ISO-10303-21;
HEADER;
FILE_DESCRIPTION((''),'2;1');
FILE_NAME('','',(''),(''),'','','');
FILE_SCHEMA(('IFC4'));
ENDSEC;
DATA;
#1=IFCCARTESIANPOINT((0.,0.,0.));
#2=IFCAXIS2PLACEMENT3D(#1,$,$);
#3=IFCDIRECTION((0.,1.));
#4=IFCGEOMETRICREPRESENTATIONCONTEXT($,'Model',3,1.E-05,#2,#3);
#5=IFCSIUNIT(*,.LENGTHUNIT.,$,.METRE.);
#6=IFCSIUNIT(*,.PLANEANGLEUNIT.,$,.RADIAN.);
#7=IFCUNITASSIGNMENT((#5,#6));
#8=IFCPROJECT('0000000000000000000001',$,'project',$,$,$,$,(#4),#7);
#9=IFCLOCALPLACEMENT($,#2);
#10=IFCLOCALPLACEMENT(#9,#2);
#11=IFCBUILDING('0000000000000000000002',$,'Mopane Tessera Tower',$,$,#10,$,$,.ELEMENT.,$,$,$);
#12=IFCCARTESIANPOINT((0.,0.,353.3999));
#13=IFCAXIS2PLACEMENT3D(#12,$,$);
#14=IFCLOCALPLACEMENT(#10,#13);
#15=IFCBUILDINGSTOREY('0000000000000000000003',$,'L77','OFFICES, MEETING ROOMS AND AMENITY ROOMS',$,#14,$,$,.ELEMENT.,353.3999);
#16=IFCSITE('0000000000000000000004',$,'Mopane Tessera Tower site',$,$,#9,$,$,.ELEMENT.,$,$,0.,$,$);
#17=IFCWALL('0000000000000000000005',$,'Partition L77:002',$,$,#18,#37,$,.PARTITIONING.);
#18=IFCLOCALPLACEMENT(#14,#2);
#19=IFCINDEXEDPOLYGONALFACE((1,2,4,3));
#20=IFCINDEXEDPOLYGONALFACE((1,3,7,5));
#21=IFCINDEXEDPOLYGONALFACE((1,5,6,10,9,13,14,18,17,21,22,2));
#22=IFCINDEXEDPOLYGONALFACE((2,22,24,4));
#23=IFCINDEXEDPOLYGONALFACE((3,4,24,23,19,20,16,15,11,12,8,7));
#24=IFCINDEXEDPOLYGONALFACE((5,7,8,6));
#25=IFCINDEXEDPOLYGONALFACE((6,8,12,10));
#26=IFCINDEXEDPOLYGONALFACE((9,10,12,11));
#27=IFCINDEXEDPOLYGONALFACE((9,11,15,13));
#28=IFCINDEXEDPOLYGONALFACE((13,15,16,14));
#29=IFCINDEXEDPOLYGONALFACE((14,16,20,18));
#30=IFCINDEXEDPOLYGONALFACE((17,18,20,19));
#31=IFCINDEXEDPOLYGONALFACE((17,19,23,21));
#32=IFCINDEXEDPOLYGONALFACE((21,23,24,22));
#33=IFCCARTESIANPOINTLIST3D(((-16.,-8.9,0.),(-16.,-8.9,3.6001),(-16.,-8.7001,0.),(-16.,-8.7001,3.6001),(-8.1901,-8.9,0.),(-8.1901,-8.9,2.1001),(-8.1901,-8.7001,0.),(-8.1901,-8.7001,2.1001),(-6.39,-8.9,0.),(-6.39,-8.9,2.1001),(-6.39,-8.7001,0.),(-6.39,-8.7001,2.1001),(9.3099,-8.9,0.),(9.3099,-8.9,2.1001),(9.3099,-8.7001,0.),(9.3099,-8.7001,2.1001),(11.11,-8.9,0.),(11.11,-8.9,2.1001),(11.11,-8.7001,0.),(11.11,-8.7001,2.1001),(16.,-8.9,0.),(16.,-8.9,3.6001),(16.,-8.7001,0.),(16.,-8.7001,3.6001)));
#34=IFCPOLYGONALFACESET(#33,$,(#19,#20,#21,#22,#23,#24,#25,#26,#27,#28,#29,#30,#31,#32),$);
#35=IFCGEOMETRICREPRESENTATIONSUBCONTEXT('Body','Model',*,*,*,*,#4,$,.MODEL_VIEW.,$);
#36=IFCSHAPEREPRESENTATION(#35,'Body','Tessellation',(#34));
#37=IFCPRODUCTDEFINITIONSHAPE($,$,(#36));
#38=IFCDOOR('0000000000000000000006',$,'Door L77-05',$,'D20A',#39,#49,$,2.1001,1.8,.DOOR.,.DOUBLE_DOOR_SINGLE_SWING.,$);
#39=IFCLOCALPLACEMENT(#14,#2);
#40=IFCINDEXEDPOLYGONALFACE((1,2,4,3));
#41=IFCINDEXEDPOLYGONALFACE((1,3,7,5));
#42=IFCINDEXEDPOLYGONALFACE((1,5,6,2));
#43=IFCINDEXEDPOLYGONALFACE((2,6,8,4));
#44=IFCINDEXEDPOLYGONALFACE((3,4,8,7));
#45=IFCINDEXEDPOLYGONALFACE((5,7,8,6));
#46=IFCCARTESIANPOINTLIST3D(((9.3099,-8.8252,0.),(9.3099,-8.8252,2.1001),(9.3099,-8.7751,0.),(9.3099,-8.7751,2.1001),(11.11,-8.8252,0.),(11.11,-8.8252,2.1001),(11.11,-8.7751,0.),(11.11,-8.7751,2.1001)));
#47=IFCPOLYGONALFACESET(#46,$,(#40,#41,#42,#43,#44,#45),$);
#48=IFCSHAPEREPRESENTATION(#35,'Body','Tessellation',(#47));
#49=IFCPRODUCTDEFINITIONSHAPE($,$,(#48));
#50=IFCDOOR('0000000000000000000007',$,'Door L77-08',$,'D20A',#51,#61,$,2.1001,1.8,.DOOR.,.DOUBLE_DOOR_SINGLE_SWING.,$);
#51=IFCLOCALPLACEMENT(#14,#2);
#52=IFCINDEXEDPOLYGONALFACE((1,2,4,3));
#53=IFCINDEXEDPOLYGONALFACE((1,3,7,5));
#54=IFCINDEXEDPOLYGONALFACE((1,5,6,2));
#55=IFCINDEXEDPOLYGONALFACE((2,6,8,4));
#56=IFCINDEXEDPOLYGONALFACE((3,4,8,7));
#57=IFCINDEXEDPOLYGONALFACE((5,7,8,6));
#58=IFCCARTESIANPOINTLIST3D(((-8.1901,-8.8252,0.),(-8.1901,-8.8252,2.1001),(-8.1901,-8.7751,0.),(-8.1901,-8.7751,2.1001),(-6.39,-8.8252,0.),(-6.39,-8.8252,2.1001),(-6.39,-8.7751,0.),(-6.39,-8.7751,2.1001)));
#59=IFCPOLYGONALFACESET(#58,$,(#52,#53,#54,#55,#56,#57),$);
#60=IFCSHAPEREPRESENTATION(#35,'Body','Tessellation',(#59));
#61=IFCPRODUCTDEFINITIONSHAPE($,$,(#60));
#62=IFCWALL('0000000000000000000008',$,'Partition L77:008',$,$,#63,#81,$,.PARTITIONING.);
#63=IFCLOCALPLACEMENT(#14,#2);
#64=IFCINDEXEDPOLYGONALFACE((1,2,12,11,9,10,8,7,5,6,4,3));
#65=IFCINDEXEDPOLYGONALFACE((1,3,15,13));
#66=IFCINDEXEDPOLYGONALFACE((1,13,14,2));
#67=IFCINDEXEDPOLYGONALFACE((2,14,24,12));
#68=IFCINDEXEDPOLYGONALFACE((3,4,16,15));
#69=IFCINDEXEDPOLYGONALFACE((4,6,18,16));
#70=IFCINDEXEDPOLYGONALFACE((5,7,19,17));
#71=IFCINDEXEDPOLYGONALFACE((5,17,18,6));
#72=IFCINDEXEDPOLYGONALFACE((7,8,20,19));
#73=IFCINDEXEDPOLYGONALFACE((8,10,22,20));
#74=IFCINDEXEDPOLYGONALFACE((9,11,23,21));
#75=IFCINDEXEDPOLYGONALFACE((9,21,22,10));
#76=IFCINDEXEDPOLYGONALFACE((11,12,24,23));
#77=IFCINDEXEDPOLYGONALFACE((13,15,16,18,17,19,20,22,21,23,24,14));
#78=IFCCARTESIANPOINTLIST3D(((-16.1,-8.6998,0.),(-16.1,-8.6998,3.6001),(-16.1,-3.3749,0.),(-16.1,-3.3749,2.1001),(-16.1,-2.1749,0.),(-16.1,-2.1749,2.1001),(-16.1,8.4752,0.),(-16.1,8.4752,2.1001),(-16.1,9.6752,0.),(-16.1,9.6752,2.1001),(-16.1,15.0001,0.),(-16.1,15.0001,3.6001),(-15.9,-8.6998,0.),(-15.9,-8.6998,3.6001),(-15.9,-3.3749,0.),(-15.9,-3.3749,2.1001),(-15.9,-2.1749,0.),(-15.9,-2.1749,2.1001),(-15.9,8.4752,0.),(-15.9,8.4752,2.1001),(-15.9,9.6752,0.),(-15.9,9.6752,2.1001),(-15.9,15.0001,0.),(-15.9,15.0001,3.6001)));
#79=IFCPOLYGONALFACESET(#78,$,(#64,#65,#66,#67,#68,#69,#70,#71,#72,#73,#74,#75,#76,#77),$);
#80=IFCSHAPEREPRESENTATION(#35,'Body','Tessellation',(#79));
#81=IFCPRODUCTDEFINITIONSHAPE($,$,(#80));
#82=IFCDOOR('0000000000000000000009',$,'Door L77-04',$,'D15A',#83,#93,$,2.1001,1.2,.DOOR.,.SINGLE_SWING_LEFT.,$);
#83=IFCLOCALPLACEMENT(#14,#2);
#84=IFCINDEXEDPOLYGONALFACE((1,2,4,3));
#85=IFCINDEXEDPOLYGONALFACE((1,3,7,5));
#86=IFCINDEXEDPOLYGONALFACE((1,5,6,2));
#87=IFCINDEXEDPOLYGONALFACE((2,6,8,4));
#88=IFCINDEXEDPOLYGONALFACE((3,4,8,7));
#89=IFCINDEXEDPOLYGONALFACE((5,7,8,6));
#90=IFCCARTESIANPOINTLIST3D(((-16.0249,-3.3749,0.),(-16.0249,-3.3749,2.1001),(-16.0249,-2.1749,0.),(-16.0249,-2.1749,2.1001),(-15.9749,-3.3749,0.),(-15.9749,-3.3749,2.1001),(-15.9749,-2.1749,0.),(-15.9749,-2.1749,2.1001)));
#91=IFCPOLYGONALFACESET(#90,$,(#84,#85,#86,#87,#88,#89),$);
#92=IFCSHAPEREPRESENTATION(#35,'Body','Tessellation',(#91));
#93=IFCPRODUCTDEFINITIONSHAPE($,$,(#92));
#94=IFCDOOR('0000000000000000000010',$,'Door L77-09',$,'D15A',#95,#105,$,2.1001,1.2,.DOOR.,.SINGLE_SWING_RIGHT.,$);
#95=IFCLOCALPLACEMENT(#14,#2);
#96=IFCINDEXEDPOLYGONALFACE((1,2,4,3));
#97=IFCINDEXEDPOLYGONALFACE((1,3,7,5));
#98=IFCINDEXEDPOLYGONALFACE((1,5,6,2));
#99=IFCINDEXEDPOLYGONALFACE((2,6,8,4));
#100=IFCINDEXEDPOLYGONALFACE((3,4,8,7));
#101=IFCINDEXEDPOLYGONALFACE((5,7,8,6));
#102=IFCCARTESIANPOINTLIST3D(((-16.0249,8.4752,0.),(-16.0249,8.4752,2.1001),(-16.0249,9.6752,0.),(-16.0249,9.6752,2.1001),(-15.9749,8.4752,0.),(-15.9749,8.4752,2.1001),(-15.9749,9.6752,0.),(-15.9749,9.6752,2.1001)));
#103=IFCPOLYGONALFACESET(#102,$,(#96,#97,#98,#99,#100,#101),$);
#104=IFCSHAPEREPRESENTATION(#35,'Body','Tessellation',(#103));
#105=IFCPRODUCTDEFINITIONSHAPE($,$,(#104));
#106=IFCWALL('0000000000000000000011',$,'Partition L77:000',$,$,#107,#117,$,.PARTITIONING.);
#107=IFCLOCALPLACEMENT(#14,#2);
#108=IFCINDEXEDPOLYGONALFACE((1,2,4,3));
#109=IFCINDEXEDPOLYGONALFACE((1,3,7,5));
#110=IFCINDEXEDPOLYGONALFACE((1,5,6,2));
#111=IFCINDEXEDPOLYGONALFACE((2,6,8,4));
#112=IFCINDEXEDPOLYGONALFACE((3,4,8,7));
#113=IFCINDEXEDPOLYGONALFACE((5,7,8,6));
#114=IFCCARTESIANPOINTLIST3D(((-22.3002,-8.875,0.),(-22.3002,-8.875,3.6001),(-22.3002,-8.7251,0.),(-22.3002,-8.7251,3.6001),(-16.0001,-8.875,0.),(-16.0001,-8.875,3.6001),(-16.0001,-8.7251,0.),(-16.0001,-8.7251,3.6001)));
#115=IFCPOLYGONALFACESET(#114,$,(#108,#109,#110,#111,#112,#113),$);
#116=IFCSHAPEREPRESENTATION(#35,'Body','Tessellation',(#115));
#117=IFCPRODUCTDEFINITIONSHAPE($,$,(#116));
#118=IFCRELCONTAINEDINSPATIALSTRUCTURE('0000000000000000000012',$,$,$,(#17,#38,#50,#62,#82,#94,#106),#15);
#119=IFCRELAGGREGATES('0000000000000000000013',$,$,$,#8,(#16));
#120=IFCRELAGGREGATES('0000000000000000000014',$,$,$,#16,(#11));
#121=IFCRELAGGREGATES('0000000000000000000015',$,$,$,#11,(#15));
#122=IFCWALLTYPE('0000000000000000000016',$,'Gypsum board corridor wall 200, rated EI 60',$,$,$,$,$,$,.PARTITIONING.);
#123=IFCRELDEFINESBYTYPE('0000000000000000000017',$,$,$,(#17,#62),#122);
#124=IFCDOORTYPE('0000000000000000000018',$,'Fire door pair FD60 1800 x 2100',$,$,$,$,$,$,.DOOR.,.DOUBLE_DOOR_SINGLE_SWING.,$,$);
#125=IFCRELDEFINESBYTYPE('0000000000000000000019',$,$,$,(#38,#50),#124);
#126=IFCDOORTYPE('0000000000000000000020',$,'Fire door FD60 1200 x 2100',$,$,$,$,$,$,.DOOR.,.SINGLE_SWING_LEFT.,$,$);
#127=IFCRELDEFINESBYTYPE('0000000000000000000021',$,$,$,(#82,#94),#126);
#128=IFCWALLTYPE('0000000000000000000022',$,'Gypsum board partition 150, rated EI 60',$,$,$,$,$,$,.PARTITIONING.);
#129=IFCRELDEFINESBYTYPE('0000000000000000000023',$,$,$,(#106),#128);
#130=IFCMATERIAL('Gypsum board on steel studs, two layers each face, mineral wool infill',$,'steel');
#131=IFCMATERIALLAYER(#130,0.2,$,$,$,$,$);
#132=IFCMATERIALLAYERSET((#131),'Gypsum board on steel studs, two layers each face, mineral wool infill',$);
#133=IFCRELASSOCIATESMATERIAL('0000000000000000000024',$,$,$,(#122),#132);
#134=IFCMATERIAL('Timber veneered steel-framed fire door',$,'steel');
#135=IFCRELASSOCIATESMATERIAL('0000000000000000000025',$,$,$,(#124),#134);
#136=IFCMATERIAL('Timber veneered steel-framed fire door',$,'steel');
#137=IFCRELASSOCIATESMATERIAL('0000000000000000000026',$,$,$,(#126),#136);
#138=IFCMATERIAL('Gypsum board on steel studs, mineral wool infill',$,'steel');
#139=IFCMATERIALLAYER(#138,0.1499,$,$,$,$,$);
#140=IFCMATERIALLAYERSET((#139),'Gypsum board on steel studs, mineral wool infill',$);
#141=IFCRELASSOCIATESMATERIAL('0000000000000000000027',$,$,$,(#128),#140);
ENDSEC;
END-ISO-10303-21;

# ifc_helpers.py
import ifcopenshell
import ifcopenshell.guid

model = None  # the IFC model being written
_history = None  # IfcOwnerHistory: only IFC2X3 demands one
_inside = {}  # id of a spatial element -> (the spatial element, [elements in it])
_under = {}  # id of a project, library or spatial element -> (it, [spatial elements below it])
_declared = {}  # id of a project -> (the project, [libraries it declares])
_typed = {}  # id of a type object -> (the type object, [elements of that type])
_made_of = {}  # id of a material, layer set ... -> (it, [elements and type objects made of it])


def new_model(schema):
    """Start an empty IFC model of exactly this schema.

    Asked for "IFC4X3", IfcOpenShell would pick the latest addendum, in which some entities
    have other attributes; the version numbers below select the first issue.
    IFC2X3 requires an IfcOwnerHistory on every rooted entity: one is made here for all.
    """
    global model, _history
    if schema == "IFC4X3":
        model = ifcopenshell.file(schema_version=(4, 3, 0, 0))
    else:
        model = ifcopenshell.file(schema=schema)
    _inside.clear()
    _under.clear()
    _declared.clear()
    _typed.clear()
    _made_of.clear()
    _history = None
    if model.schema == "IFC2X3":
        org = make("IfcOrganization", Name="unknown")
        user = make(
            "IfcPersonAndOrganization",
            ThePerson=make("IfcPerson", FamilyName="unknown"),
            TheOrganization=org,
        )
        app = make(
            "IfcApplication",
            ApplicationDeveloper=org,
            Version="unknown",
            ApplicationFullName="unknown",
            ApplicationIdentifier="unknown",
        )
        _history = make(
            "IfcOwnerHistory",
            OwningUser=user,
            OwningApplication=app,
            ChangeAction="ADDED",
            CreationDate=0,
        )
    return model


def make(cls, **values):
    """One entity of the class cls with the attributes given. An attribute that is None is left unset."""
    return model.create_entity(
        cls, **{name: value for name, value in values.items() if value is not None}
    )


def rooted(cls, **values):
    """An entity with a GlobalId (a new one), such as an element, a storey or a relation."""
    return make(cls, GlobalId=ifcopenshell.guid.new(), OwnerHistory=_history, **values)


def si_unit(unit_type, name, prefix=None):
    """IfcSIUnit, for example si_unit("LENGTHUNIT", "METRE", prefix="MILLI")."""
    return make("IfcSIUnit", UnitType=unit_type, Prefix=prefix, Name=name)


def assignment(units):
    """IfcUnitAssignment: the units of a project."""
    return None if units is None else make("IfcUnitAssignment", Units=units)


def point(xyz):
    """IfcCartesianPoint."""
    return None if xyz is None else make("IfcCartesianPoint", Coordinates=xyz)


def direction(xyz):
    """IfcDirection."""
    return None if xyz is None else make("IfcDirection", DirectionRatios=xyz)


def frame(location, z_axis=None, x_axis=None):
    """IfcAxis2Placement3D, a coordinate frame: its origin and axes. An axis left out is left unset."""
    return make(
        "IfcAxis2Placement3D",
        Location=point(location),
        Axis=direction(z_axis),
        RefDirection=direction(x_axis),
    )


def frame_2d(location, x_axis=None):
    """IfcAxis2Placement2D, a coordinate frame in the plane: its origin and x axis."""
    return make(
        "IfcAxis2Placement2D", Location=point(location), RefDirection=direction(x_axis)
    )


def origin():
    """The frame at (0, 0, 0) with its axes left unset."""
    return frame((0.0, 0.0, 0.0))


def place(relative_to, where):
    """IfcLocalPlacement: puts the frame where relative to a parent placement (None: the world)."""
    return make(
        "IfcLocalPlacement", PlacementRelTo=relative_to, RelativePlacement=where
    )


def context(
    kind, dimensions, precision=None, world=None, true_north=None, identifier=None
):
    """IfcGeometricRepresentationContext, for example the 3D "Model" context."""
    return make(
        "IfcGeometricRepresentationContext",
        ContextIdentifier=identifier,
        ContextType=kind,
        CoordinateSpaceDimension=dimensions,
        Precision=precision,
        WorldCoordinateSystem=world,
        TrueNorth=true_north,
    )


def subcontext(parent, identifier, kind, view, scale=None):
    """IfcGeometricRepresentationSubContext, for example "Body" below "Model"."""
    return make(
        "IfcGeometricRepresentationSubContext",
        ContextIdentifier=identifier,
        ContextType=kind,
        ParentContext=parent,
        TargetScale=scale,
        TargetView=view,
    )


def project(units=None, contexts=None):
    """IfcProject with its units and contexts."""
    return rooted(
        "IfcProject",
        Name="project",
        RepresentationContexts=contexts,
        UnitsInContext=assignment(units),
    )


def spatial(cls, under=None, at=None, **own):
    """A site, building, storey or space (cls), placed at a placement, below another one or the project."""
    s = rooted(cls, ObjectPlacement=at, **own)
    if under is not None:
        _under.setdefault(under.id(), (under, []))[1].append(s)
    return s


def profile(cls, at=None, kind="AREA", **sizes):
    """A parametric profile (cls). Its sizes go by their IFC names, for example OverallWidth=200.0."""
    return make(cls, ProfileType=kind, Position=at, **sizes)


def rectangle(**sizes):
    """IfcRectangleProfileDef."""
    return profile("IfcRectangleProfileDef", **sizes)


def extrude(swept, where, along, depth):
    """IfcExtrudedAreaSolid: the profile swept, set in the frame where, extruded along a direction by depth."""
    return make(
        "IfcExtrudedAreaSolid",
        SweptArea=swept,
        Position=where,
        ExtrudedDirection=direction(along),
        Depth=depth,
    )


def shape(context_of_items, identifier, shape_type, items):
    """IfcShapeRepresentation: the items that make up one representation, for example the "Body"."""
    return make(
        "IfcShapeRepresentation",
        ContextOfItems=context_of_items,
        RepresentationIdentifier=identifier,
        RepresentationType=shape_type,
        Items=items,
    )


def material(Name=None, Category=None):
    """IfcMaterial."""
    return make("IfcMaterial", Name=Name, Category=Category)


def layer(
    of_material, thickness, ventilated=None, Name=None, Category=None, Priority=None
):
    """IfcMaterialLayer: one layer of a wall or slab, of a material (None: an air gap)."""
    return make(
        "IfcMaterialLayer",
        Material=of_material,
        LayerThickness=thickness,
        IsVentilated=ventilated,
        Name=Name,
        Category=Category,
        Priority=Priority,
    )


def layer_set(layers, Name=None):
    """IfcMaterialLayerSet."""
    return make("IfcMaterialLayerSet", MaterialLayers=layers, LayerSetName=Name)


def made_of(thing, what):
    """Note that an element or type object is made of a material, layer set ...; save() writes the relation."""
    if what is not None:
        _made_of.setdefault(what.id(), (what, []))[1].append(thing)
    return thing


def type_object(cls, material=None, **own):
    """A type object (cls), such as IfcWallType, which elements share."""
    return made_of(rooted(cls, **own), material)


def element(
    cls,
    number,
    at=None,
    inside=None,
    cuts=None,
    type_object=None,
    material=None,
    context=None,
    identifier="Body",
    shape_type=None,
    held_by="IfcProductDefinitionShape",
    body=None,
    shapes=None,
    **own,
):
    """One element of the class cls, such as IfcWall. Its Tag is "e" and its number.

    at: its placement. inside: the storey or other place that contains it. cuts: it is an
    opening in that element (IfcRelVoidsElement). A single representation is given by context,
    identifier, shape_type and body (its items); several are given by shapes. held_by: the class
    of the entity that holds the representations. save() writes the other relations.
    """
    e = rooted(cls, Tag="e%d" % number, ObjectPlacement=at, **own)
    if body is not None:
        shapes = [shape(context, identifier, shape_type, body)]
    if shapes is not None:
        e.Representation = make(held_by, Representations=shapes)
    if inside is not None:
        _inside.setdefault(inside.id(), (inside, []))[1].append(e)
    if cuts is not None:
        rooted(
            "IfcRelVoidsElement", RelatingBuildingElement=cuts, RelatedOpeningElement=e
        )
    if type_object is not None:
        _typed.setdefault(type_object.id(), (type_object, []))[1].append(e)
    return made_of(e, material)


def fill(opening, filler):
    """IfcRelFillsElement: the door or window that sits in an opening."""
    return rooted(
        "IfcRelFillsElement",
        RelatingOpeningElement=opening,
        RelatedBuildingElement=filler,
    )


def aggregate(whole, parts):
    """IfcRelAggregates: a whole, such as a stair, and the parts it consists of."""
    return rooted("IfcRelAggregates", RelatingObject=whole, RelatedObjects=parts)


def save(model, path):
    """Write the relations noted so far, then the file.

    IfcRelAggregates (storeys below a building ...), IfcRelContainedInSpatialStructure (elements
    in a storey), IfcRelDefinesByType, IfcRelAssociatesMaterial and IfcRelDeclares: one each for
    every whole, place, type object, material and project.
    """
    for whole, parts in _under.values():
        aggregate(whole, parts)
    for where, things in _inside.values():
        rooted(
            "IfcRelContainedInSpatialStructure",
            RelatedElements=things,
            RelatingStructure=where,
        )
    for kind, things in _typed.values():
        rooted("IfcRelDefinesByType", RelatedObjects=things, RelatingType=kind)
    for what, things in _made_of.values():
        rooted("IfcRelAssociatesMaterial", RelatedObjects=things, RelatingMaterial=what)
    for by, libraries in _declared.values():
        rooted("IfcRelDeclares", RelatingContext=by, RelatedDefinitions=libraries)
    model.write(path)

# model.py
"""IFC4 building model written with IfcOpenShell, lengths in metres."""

from ifc_helpers import new_model, si_unit, direction, frame, frame_2d, origin, place, context, subcontext, project, spatial, rectangle, extrude, material, layer, layer_set, type_object, element, fill, save


model = new_model("IFC4")

# Units and contexts
model_context = context("Model", 3, precision=1e-05, world=origin(), true_north=direction((0.0, 1.0)))
body_context = subcontext(model_context, "Body", "Model", "MODEL_VIEW")
ifc_project = project(units=[si_unit("LENGTHUNIT", "METRE"), si_unit("PLANEANGLEUNIT", "RADIAN")], contexts=[model_context])

# Site, building, storey
site_placement = place(None, origin())
site = spatial("IfcSite", under=ifc_project, at=site_placement, Name="Mopane Tessera Tower site", CompositionType="ELEMENT", RefElevation=0.0)
building_placement = place(site_placement, origin())
building = spatial("IfcBuilding", under=site, at=building_placement, Name="Mopane Tessera Tower", CompositionType="ELEMENT")
storey_placement = place(building_placement, frame((0.0, 0.0, 353.3999)))
storey = spatial("IfcBuildingStorey", under=building, at=storey_placement, Name="L77", Description="OFFICES, MEETING ROOMS AND AMENITY ROOMS", CompositionType="ELEMENT", Elevation=353.3999)

# Walls, openings, doors
ifc_material_1 = material(Name="Gypsum board on steel studs, two layers each face, mineral wool infill", Category="steel")
ifc_layer_1 = layer(ifc_material_1, 0.2)
ifc_layer_set_1 = layer_set([ifc_layer_1], Name="Gypsum board on steel studs, two layers each face, mineral wool infill")
wall_type_1 = type_object("IfcWallType", Name="Gypsum board corridor wall 200, rated EI 60", PredefinedType="PARTITIONING", material=ifc_layer_set_1)
wall_1_placement = place(storey_placement, frame((-16.0, -8.8, 0.0), z_axis=(0.0, 0.0, 1.0), x_axis=(1.0, 0.0, 0.0)))
wall_1 = element("IfcWall", 1, at=wall_1_placement, inside=storey, type_object=wall_type_1, Name="Partition L77:002", PredefinedType="PARTITIONING", context=body_context, shape_type="SweptSolid", body=[
    extrude(rectangle(XDim=32.0, YDim=0.2, at=frame_2d((16.0, 0.0))), origin(), (0.0, 0.0, 1.0), 3.6001),
])
opening_1_placement = place(wall_1_placement, frame((25.3101, 0.0, 0.0)))
opening_1 = element("IfcOpeningElement", 2, at=opening_1_placement, cuts=wall_1, PredefinedType="OPENING", context=body_context, shape_type="SweptSolid", body=[
    extrude(rectangle(XDim=1.8, YDim=2.1001, at=frame_2d((0.8999, 1.05))), frame((0.0, 0.1121, 0.0), z_axis=(0.0, -1.0, 0.0), x_axis=(1.0, 0.0, 0.0)), (0.0, 0.0, 1.0), 0.2239),
])
opening_2_placement = place(wall_1_placement, frame((7.8101, 0.0, 0.0)))
opening_2 = element("IfcOpeningElement", 3, at=opening_2_placement, cuts=wall_1, PredefinedType="OPENING", context=body_context, shape_type="SweptSolid", body=[
    extrude(rectangle(XDim=1.8, YDim=2.1001, at=frame_2d((0.8999, 1.05))), frame((0.0, 0.1121, 0.0), z_axis=(0.0, -1.0, 0.0), x_axis=(1.0, 0.0, 0.0)), (0.0, 0.0, 1.0), 0.2239),
])
ifc_material_2 = material(Name="Timber veneered steel-framed fire door", Category="steel")
door_type_1 = type_object("IfcDoorType", Name="Fire door pair FD60 1800 x 2100", OperationType="DOUBLE_DOOR_SINGLE_SWING", PredefinedType="DOOR", material=ifc_material_2)
door_1_placement = place(opening_1_placement, origin())
door_1 = element("IfcDoor", 4, at=door_1_placement, inside=storey, type_object=door_type_1, Name="Door L77-05", ObjectType="D20A", OperationType="DOUBLE_DOOR_SINGLE_SWING", OverallHeight=2.1001, OverallWidth=1.8, PredefinedType="DOOR", context=body_context, shape_type="SweptSolid", body=[
    extrude(rectangle(XDim=1.8, YDim=2.1001, at=frame_2d((0.8999, 1.05))), frame((0.0, 0.0249, 0.0), z_axis=(0.0, -1.0, 0.0), x_axis=(1.0, 0.0, 0.0)), (0.0, 0.0, 1.0), 0.05),
])
fill(opening_1, door_1)
door_2_placement = place(opening_2_placement, origin())
door_2 = element("IfcDoor", 5, at=door_2_placement, inside=storey, type_object=door_type_1, Name="Door L77-08", ObjectType="D20A", OperationType="DOUBLE_DOOR_SINGLE_SWING", OverallHeight=2.1001, OverallWidth=1.8, PredefinedType="DOOR", context=body_context, shape_type="SweptSolid", body=[
    extrude(rectangle(XDim=1.8, YDim=2.1001, at=frame_2d((0.8999, 1.05))), frame((0.0, 0.0249, 0.0), z_axis=(0.0, -1.0, 0.0), x_axis=(1.0, 0.0, 0.0)), (0.0, 0.0, 1.0), 0.05),
])
fill(opening_2, door_2)
wall_2_placement = place(storey_placement, frame((-16.0, -8.7, 0.0), z_axis=(0.0, 0.0, 1.0), x_axis=(0.0, 1.0, 0.0)))
wall_2 = element("IfcWall", 6, at=wall_2_placement, inside=storey, type_object=wall_type_1, Name="Partition L77:008", PredefinedType="PARTITIONING", context=body_context, shape_type="SweptSolid", body=[
    extrude(rectangle(XDim=23.7, YDim=0.2, at=frame_2d((11.8501, 0.0))), origin(), (0.0, 0.0, 1.0), 3.6001),
])
opening_3_placement = place(wall_2_placement, frame((5.325, 0.0, 0.0)))
opening_3 = element("IfcOpeningElement", 7, at=opening_3_placement, cuts=wall_2, PredefinedType="OPENING", context=body_context, shape_type="SweptSolid", body=[
    extrude(rectangle(XDim=1.2, YDim=2.1001, at=frame_2d((0.6001, 1.05))), frame((0.0, 0.1121, 0.0), z_axis=(0.0, -1.0, 0.0), x_axis=(1.0, 0.0, 0.0)), (0.0, 0.0, 1.0), 0.2239),
])
opening_4_placement = place(wall_2_placement, frame((17.175, 0.0, 0.0)))
opening_4 = element("IfcOpeningElement", 8, at=opening_4_placement, cuts=wall_2, PredefinedType="OPENING", context=body_context, shape_type="SweptSolid", body=[
    extrude(rectangle(XDim=1.2, YDim=2.1001, at=frame_2d((0.6001, 1.05))), frame((0.0, 0.1121, 0.0), z_axis=(0.0, -1.0, 0.0), x_axis=(1.0, 0.0, 0.0)), (0.0, 0.0, 1.0), 0.2239),
])
ifc_material_3 = material(Name="Timber veneered steel-framed fire door", Category="steel")
door_type_2 = type_object("IfcDoorType", Name="Fire door FD60 1200 x 2100", OperationType="SINGLE_SWING_LEFT", PredefinedType="DOOR", material=ifc_material_3)
door_3_placement = place(opening_3_placement, origin())
door_3 = element("IfcDoor", 9, at=door_3_placement, inside=storey, type_object=door_type_2, Name="Door L77-04", ObjectType="D15A", OperationType="SINGLE_SWING_LEFT", OverallHeight=2.1001, OverallWidth=1.2, PredefinedType="DOOR", context=body_context, shape_type="SweptSolid", body=[
    extrude(rectangle(XDim=1.2, YDim=2.1001, at=frame_2d((0.6001, 1.05))), frame((0.0, 0.0249, 0.0), z_axis=(0.0, -1.0, 0.0), x_axis=(1.0, 0.0, 0.0)), (0.0, 0.0, 1.0), 0.05),
])
fill(opening_3, door_3)
door_4_placement = place(opening_4_placement, origin())
door_4 = element("IfcDoor", 10, at=door_4_placement, inside=storey, type_object=door_type_2, Name="Door L77-09", ObjectType="D15A", OperationType="SINGLE_SWING_RIGHT", OverallHeight=2.1001, OverallWidth=1.2, PredefinedType="DOOR", context=body_context, shape_type="SweptSolid", body=[
    extrude(rectangle(XDim=1.2, YDim=2.1001, at=frame_2d((0.6001, 1.05))), frame((0.0, 0.0249, 0.0), z_axis=(0.0, -1.0, 0.0), x_axis=(1.0, 0.0, 0.0)), (0.0, 0.0, 1.0), 0.05),
])
fill(opening_4, door_4)

# Wall
ifc_material_4 = material(Name="Gypsum board on steel studs, mineral wool infill", Category="steel")
ifc_layer_2 = layer(ifc_material_4, 0.1499)
ifc_layer_set_2 = layer_set([ifc_layer_2], Name="Gypsum board on steel studs, mineral wool infill")
wall_type_2 = type_object("IfcWallType", Name="Gypsum board partition 150, rated EI 60", PredefinedType="PARTITIONING", material=ifc_layer_set_2)
wall_3_placement = place(storey_placement, frame((-22.3, -8.8, 0.0), z_axis=(0.0, 0.0, 1.0), x_axis=(1.0, 0.0, 0.0)))
element("IfcWall", 11, at=wall_3_placement, inside=storey, type_object=wall_type_2, Name="Partition L77:000", PredefinedType="PARTITIONING", context=body_context, shape_type="SweptSolid", body=[
    extrude(rectangle(XDim=6.3, YDim=0.1499, at=frame_2d((3.1499, 0.0))), origin(), (0.0, 0.0, 1.0), 3.6001),
])

save(model, "model.ifc")
